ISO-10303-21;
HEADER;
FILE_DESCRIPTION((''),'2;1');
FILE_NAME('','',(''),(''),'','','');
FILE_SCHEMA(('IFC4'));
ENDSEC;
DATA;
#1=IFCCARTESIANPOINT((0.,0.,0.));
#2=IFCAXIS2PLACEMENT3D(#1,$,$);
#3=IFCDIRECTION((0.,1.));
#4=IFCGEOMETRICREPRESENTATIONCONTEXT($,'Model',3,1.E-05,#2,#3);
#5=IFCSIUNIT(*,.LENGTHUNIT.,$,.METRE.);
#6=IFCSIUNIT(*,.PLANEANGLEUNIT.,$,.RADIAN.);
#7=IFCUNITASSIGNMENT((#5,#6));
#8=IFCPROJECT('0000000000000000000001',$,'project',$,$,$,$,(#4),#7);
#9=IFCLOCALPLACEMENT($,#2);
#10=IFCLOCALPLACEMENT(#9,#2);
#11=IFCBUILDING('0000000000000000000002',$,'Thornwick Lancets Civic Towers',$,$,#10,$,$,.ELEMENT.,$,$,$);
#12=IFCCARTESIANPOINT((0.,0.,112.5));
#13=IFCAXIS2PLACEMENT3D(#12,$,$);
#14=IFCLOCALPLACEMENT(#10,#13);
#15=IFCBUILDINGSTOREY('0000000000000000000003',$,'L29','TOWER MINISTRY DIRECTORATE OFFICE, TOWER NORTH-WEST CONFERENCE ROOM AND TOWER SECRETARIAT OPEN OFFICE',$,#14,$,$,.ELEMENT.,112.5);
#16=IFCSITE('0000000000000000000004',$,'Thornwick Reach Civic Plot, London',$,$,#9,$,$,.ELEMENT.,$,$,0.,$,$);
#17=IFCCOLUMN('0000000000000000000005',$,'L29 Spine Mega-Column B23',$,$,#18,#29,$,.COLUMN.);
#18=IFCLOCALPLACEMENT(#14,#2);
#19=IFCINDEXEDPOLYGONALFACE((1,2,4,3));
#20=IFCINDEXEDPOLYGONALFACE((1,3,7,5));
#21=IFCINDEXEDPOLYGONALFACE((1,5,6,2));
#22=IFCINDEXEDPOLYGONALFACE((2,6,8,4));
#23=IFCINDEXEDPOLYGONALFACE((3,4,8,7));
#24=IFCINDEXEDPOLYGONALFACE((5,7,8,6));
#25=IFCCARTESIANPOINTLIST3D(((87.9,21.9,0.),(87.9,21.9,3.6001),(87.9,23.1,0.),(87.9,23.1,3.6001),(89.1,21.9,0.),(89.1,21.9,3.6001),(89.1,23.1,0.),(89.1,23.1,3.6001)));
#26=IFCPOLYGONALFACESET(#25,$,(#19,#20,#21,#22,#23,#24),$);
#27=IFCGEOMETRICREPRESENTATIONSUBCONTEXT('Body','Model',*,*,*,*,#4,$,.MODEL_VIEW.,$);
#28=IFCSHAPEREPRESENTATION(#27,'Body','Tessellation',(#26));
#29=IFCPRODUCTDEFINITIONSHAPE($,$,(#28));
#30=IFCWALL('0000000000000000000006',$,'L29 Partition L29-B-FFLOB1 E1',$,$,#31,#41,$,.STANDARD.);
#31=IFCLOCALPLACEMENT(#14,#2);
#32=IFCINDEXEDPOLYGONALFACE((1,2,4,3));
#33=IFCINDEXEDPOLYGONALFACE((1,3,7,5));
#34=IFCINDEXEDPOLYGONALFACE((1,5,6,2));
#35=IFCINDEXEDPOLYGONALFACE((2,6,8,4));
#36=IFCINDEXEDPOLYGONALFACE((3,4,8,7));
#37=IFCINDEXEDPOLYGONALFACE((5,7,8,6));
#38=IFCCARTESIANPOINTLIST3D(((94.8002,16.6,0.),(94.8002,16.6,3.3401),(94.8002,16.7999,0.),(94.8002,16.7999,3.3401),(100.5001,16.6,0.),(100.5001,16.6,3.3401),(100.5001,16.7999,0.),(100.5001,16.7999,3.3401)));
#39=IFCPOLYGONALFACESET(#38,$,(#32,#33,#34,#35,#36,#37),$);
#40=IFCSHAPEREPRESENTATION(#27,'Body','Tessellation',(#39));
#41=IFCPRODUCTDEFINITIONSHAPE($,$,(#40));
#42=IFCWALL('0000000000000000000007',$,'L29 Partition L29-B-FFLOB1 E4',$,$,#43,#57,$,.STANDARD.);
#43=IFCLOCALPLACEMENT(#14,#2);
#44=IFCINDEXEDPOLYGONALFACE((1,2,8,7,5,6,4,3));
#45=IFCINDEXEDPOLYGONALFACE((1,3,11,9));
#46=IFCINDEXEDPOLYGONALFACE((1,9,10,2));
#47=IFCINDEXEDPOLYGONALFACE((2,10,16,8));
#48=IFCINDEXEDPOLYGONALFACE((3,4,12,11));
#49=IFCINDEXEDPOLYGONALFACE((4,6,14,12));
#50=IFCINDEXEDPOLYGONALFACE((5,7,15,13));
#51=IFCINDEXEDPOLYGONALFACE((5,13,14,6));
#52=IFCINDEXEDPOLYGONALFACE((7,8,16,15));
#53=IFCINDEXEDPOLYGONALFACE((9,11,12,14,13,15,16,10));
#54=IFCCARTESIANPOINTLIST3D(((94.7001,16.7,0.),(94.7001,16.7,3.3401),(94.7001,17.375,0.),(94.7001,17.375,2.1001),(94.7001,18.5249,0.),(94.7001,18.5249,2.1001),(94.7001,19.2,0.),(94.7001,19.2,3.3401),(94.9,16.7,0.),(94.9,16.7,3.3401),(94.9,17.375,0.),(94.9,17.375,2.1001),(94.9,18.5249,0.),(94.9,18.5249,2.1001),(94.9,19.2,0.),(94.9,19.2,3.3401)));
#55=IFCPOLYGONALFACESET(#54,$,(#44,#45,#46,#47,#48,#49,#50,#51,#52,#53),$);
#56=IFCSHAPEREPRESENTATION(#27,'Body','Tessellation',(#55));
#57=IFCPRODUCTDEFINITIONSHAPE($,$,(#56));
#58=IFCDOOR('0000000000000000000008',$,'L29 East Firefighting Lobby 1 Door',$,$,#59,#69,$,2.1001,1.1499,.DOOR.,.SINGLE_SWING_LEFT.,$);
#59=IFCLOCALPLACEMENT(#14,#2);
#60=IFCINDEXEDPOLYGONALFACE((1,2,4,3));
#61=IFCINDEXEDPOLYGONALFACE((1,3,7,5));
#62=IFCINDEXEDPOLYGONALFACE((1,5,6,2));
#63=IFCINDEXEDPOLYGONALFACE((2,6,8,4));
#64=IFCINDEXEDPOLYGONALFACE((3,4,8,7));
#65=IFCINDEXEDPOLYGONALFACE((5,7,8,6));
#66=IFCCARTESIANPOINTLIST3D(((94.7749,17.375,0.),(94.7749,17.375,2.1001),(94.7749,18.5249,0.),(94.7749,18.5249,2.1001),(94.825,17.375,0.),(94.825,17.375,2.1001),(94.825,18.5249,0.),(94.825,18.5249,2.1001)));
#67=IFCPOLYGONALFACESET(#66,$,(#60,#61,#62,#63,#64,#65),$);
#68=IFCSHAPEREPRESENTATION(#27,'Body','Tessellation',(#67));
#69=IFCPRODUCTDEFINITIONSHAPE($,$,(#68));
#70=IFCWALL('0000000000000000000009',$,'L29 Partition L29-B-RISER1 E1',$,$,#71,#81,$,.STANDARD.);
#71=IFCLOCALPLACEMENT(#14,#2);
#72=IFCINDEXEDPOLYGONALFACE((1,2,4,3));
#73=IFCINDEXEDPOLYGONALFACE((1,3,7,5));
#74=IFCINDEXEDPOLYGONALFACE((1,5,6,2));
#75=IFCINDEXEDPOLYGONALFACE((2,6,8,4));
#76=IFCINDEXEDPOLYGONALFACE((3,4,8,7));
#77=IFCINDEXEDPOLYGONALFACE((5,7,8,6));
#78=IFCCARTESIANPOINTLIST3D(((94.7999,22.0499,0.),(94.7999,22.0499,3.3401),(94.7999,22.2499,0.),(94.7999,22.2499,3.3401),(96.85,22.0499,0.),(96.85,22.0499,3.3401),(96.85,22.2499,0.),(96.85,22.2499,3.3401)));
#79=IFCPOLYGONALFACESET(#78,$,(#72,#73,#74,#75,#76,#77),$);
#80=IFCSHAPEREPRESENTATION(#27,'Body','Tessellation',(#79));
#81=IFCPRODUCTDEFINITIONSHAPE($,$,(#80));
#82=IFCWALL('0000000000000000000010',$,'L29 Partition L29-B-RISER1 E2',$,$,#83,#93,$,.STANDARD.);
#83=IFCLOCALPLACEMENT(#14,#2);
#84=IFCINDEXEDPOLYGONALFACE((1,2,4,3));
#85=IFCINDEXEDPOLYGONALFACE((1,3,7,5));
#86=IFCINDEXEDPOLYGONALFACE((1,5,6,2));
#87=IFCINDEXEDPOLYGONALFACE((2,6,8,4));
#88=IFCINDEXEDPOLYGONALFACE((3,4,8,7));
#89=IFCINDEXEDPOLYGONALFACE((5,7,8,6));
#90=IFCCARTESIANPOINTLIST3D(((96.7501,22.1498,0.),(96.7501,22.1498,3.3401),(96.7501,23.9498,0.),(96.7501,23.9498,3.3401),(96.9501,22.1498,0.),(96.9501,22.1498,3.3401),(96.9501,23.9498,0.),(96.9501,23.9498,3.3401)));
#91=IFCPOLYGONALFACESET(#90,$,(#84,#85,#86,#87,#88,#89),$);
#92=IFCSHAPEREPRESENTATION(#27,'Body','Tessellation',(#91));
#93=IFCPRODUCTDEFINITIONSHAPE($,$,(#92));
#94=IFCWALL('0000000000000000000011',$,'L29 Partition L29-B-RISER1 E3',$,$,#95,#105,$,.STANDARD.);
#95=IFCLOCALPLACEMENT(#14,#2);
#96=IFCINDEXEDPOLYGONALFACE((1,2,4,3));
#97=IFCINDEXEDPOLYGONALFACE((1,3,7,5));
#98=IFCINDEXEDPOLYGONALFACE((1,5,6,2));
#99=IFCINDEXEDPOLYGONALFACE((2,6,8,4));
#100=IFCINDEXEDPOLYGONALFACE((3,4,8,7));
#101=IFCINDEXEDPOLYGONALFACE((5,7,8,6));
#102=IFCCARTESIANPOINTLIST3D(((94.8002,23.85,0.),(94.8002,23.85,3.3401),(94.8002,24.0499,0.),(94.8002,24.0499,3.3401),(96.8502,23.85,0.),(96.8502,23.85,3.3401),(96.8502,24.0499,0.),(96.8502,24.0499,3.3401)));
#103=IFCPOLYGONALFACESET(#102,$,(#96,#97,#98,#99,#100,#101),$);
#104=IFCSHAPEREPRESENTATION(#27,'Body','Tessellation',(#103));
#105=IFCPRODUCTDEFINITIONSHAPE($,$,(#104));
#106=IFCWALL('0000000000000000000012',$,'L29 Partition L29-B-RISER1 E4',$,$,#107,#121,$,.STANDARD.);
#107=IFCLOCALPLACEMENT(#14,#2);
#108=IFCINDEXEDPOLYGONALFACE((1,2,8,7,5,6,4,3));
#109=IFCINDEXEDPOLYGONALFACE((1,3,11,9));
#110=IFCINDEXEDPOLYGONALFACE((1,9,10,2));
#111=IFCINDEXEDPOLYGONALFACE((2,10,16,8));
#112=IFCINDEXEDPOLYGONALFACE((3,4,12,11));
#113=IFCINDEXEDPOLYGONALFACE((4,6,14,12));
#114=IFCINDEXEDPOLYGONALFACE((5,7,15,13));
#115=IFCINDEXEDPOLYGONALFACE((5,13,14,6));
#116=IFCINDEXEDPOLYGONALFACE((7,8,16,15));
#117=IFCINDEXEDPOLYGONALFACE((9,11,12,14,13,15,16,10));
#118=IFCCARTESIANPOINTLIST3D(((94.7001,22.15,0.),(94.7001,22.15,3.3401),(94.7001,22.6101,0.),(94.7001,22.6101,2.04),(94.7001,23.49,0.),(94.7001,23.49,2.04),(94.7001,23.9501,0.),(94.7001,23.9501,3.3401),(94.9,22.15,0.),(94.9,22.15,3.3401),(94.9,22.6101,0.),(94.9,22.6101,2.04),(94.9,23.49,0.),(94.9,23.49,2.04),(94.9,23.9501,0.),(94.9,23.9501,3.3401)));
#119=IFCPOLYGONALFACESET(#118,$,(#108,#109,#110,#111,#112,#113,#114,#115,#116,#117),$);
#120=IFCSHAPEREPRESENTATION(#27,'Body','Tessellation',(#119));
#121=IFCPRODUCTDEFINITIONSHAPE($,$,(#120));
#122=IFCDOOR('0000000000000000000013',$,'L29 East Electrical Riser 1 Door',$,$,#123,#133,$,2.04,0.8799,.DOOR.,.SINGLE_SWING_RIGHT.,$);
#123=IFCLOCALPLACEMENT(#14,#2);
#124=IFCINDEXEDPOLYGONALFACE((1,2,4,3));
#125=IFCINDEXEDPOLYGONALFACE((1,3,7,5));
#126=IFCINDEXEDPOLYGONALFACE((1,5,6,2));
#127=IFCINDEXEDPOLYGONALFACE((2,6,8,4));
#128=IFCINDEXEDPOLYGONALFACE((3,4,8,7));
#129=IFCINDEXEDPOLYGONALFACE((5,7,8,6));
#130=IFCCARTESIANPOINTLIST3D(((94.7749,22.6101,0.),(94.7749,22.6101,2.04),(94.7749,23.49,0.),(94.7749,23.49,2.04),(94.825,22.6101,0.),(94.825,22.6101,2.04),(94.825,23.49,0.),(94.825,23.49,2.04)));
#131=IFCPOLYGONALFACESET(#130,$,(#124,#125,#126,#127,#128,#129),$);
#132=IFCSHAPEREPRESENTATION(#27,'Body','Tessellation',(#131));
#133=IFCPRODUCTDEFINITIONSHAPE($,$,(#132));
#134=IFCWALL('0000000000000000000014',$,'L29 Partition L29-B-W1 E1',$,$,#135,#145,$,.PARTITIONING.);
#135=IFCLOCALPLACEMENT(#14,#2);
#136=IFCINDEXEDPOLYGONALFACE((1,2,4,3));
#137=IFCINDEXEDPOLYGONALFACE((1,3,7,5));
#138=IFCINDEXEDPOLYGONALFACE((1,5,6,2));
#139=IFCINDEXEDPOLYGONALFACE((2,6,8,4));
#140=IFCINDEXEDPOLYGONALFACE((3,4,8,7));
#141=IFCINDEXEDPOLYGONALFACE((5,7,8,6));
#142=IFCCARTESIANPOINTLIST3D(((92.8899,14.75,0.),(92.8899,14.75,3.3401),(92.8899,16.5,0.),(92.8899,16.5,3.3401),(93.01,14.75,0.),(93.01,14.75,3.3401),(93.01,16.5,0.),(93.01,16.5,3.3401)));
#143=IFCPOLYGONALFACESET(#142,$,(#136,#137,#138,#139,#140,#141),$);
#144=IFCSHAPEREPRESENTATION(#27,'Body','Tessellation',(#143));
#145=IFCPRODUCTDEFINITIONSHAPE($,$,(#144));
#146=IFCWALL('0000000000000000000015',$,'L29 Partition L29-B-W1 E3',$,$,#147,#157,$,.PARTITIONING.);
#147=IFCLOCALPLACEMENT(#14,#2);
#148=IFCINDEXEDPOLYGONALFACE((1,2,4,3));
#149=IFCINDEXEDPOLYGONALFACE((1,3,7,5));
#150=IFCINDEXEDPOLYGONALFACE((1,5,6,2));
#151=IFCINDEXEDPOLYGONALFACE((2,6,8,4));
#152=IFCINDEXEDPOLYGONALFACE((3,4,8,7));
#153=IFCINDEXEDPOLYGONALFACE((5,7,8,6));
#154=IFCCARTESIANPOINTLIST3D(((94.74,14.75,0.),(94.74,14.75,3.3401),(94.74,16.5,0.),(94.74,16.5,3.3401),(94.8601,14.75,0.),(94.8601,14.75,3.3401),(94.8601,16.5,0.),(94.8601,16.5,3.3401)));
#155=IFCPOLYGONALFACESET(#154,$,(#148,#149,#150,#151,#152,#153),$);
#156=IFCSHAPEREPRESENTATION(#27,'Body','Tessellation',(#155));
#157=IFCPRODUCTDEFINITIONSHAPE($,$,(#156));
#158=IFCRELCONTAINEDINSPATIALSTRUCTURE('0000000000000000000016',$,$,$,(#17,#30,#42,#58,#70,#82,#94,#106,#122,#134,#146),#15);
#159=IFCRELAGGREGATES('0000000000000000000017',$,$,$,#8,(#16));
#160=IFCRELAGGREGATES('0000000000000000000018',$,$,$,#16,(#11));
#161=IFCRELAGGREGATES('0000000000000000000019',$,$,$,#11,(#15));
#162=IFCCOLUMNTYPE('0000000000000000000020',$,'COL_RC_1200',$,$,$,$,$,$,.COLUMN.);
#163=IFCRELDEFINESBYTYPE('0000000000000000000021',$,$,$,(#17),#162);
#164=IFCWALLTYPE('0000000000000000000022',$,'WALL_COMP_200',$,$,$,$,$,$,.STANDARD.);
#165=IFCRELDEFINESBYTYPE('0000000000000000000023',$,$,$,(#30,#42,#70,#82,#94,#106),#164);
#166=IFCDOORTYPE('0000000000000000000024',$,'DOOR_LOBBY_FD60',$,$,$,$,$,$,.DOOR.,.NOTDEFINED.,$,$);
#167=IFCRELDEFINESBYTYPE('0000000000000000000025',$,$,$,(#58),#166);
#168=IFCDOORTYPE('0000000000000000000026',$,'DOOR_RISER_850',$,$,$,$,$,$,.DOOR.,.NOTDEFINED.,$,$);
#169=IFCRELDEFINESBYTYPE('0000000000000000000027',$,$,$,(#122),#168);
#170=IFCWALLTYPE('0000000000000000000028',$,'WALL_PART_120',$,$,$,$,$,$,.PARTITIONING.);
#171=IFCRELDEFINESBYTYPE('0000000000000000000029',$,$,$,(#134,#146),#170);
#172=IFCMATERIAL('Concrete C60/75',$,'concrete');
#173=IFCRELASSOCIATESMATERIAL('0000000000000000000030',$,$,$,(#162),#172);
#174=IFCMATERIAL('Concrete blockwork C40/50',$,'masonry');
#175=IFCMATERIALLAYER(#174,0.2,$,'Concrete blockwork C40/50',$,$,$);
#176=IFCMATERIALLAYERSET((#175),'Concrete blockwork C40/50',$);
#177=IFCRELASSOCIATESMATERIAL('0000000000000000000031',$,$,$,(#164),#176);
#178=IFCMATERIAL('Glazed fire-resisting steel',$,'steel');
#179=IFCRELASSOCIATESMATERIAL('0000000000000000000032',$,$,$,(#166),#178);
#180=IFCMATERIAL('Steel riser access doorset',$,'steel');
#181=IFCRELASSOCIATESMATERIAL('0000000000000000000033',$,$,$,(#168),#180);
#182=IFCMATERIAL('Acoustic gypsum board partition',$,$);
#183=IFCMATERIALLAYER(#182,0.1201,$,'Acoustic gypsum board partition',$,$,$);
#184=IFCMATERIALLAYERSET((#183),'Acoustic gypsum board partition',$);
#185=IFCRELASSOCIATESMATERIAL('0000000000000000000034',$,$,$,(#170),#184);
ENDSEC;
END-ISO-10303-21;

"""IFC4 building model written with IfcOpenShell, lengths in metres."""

from ifc_helpers import new_model, si_unit, direction, frame, frame_2d, origin, origin_2d, place, context, subcontext, project, spatial, rectangle, extrude, material, layer, layer_set, material_profile, profile_set, type_object, element, fill, save


model = new_model("IFC4")

# Units and contexts
model_context = context("Model", 3, precision=1e-05, world=origin(), true_north=direction((0.0, 1.0)))
body_context = subcontext(model_context, "Body", "Model", "MODEL_VIEW")
ifc_project = project(units=[si_unit("LENGTHUNIT", "METRE"), si_unit("PLANEANGLEUNIT", "RADIAN")], contexts=[model_context])

# Site, building, storey
site_placement = place(None, origin())
site = spatial("IfcSite", under=ifc_project, at=site_placement, Name="Thornwick Reach Civic Plot, London", CompositionType="ELEMENT", RefElevation=0.0)
building_placement = place(site_placement, origin())
building = spatial("IfcBuilding", under=site, at=building_placement, Name="Thornwick Lancets Civic Towers", CompositionType="ELEMENT")
storey_placement = place(building_placement, frame((0.0, 0.0, 112.5)))
storey = spatial("IfcBuildingStorey", under=building, at=storey_placement, Name="L29", Description="TOWER MINISTRY DIRECTORATE OFFICE, TOWER NORTH-WEST CONFERENCE ROOM AND TOWER SECRETARIAT OPEN OFFICE", CompositionType="ELEMENT", Elevation=112.5)

# Column
ifc_material_1 = material(Name="Concrete C60/75", Category="concrete")
ifc_material_profile = material_profile(ifc_material_1, rectangle(XDim=1.2, YDim=1.2, at=origin_2d()), Name="RC 1200x1200")
ifc_profile_set = profile_set([ifc_material_profile], Name="Concrete C60/75")
column_type = type_object("IfcColumnType", Name="COL_RC_1200", PredefinedType="COLUMN", material=ifc_profile_set)
column_placement = place(storey_placement, frame((88.5, 22.5, 0.0), z_axis=(0.0, 0.0, 1.0), x_axis=(1.0, 0.0, 0.0)))
element("IfcColumn", 1, at=column_placement, inside=storey, type_object=column_type, Name="L29 Spine Mega-Column B23", PredefinedType="COLUMN", context=body_context, shape_type="SweptSolid", body=[
    extrude(rectangle(XDim=1.2, YDim=1.2, at=origin_2d()), origin(), (0.0, 0.0, 1.0), 3.6001),
])

# Wall
ifc_material_2 = material(Name="Concrete blockwork C40/50", Category="masonry")
ifc_layer_1 = layer(ifc_material_2, 0.2, Name="Concrete blockwork C40/50")
ifc_layer_set_1 = layer_set([ifc_layer_1], Name="Concrete blockwork C40/50")
wall_type_1 = type_object("IfcWallType", Name="WALL_COMP_200", PredefinedType="STANDARD", material=ifc_layer_set_1)
wall_1_placement = place(storey_placement, frame((94.8, 16.7, 0.0), z_axis=(0.0, 0.0, 1.0), x_axis=(1.0, 0.0, 0.0)))
element("IfcWall", 2, at=wall_1_placement, inside=storey, type_object=wall_type_1, Name="L29 Partition L29-B-FFLOB1 E1", PredefinedType="STANDARD", context=body_context, shape_type="SweptSolid", body=[
    extrude(rectangle(XDim=5.7, YDim=0.2, at=frame_2d((2.8501, 0.0))), origin(), (0.0, 0.0, 1.0), 3.3401),
])

# Wall, opening, door
wall_2_placement = place(storey_placement, frame((94.8, 19.2, 0.0), z_axis=(0.0, 0.0, 1.0), x_axis=(0.0, -1.0, 0.0)))
wall_2 = element("IfcWall", 3, at=wall_2_placement, inside=storey, type_object=wall_type_1, Name="L29 Partition L29-B-FFLOB1 E4", PredefinedType="STANDARD", context=body_context, shape_type="SweptSolid", body=[
    extrude(rectangle(XDim=2.5, YDim=0.2, at=frame_2d((1.25, 0.0))), origin(), (0.0, 0.0, 1.0), 3.3401),
])
opening_1_placement = place(wall_2_placement, frame((0.675, 0.0, 0.0)))
opening_1 = element("IfcOpeningElement", 4, at=opening_1_placement, cuts=wall_2, PredefinedType="OPENING", context=body_context, shape_type="SweptSolid", body=[
    extrude(rectangle(XDim=1.1499, YDim=2.1001, at=frame_2d((0.575, 1.05))), frame((0.0, 0.1099, 0.0), z_axis=(0.0, -1.0, 0.0), x_axis=(1.0, 0.0, 0.0)), (0.0, 0.0, 1.0), 0.22),
])
ifc_material_3 = material(Name="Glazed fire-resisting steel", Category="steel")
door_type_1 = type_object("IfcDoorType", Name="DOOR_LOBBY_FD60", OperationType="NOTDEFINED", PredefinedType="DOOR", material=ifc_material_3)
door_1_placement = place(opening_1_placement, origin())
door_1 = element("IfcDoor", 5, at=door_1_placement, inside=storey, type_object=door_type_1, Name="L29 East Firefighting Lobby 1 Door", OperationType="SINGLE_SWING_LEFT", OverallHeight=2.1001, OverallWidth=1.1499, PredefinedType="DOOR", context=body_context, shape_type="SweptSolid", body=[
    extrude(rectangle(XDim=1.1499, YDim=2.1001, at=frame_2d((0.575, 1.05))), frame((0.0, 0.0249, 0.0), z_axis=(0.0, -1.0, 0.0), x_axis=(1.0, 0.0, 0.0)), (0.0, 0.0, 1.0), 0.05),
])
fill(opening_1, door_1)

# Walls
wall_3_placement = place(storey_placement, frame((94.8, 22.1499, 0.0), z_axis=(0.0, 0.0, 1.0), x_axis=(1.0, 0.0, 0.0)))
element("IfcWall", 6, at=wall_3_placement, inside=storey, type_object=wall_type_1, Name="L29 Partition L29-B-RISER1 E1", PredefinedType="STANDARD", context=body_context, shape_type="SweptSolid", body=[
    extrude(rectangle(XDim=2.05, YDim=0.2, at=frame_2d((1.0249, 0.0))), origin(), (0.0, 0.0, 1.0), 3.3401),
])
wall_4_placement = place(storey_placement, frame((96.8501, 22.1499, 0.0), z_axis=(0.0, 0.0, 1.0), x_axis=(0.0, 1.0, 0.0)))
element("IfcWall", 7, at=wall_4_placement, inside=storey, type_object=wall_type_1, Name="L29 Partition L29-B-RISER1 E2", PredefinedType="STANDARD", context=body_context, shape_type="SweptSolid", body=[
    extrude(rectangle(XDim=1.8, YDim=0.2, at=frame_2d((0.8999, 0.0))), origin(), (0.0, 0.0, 1.0), 3.3401),
])
wall_5_placement = place(storey_placement, frame((96.8501, 23.95, 0.0), z_axis=(0.0, 0.0, 1.0), x_axis=(-1.0, 0.0, 0.0)))
element("IfcWall", 8, at=wall_5_placement, inside=storey, type_object=wall_type_1, Name="L29 Partition L29-B-RISER1 E3", PredefinedType="STANDARD", context=body_context, shape_type="SweptSolid", body=[
    extrude(rectangle(XDim=2.05, YDim=0.2, at=frame_2d((1.0249, 0.0))), origin(), (0.0, 0.0, 1.0), 3.3401),
])

# Wall, opening, door
wall_6_placement = place(storey_placement, frame((94.8, 23.95, 0.0), z_axis=(0.0, 0.0, 1.0), x_axis=(0.0, -1.0, 0.0)))
wall_6 = element("IfcWall", 9, at=wall_6_placement, inside=storey, type_object=wall_type_1, Name="L29 Partition L29-B-RISER1 E4", PredefinedType="STANDARD", context=body_context, shape_type="SweptSolid", body=[
    extrude(rectangle(XDim=1.8, YDim=0.2, at=frame_2d((0.8999, 0.0))), origin(), (0.0, 0.0, 1.0), 3.3401),
])
opening_2_placement = place(wall_6_placement, frame((0.46, 0.0, 0.0)))
opening_2 = element("IfcOpeningElement", 10, at=opening_2_placement, cuts=wall_6, PredefinedType="OPENING", context=body_context, shape_type="SweptSolid", body=[
    extrude(rectangle(XDim=0.8799, YDim=2.04, at=frame_2d((0.4399, 1.02))), frame((0.0, 0.1099, 0.0), z_axis=(0.0, -1.0, 0.0), x_axis=(1.0, 0.0, 0.0)), (0.0, 0.0, 1.0), 0.22),
])
ifc_material_4 = material(Name="Steel riser access doorset", Category="steel")
door_type_2 = type_object("IfcDoorType", Name="DOOR_RISER_850", OperationType="NOTDEFINED", PredefinedType="DOOR", material=ifc_material_4)
door_2_placement = place(opening_2_placement, origin())
door_2 = element("IfcDoor", 11, at=door_2_placement, inside=storey, type_object=door_type_2, Name="L29 East Electrical Riser 1 Door", OperationType="SINGLE_SWING_RIGHT", OverallHeight=2.04, OverallWidth=0.8799, PredefinedType="DOOR", context=body_context, shape_type="SweptSolid", body=[
    extrude(rectangle(XDim=0.8799, YDim=2.04, at=frame_2d((0.4399, 1.02))), frame((0.0, 0.0249, 0.0), z_axis=(0.0, -1.0, 0.0), x_axis=(1.0, 0.0, 0.0)), (0.0, 0.0, 1.0), 0.05),
])
fill(opening_2, door_2)

# Walls
ifc_material_5 = material(Name="Acoustic gypsum board partition")
ifc_layer_2 = layer(ifc_material_5, 0.1201, Name="Acoustic gypsum board partition")
ifc_layer_set_2 = layer_set([ifc_layer_2], Name="Acoustic gypsum board partition")
wall_type_2 = type_object("IfcWallType", Name="WALL_PART_120", PredefinedType="PARTITIONING", material=ifc_layer_set_2)
for number, where, z_axis, x_axis, name in (
    (12, (92.95, 16.5, 0.0), (0.0, 0.0, 1.0), (0.0, -1.0, 0.0), "L29 Partition L29-B-W1 E1"),
    (13, (94.8, 14.75, 0.0), (0.0, 0.0, 1.0), (0.0, 1.0, 0.0), "L29 Partition L29-B-W1 E3"),
):
    element("IfcWall", number, at=place(storey_placement, frame(where, z_axis=z_axis, x_axis=x_axis)), inside=storey, type_object=wall_type_2, Name=name, PredefinedType="PARTITIONING", context=body_context, shape_type="SweptSolid", body=[
        extrude(rectangle(XDim=1.75, YDim=0.1201, at=frame_2d((0.875, 0.0))), origin(), (0.0, 0.0, 1.0), 3.3401),
    ])

save(model, "model.ifc")
